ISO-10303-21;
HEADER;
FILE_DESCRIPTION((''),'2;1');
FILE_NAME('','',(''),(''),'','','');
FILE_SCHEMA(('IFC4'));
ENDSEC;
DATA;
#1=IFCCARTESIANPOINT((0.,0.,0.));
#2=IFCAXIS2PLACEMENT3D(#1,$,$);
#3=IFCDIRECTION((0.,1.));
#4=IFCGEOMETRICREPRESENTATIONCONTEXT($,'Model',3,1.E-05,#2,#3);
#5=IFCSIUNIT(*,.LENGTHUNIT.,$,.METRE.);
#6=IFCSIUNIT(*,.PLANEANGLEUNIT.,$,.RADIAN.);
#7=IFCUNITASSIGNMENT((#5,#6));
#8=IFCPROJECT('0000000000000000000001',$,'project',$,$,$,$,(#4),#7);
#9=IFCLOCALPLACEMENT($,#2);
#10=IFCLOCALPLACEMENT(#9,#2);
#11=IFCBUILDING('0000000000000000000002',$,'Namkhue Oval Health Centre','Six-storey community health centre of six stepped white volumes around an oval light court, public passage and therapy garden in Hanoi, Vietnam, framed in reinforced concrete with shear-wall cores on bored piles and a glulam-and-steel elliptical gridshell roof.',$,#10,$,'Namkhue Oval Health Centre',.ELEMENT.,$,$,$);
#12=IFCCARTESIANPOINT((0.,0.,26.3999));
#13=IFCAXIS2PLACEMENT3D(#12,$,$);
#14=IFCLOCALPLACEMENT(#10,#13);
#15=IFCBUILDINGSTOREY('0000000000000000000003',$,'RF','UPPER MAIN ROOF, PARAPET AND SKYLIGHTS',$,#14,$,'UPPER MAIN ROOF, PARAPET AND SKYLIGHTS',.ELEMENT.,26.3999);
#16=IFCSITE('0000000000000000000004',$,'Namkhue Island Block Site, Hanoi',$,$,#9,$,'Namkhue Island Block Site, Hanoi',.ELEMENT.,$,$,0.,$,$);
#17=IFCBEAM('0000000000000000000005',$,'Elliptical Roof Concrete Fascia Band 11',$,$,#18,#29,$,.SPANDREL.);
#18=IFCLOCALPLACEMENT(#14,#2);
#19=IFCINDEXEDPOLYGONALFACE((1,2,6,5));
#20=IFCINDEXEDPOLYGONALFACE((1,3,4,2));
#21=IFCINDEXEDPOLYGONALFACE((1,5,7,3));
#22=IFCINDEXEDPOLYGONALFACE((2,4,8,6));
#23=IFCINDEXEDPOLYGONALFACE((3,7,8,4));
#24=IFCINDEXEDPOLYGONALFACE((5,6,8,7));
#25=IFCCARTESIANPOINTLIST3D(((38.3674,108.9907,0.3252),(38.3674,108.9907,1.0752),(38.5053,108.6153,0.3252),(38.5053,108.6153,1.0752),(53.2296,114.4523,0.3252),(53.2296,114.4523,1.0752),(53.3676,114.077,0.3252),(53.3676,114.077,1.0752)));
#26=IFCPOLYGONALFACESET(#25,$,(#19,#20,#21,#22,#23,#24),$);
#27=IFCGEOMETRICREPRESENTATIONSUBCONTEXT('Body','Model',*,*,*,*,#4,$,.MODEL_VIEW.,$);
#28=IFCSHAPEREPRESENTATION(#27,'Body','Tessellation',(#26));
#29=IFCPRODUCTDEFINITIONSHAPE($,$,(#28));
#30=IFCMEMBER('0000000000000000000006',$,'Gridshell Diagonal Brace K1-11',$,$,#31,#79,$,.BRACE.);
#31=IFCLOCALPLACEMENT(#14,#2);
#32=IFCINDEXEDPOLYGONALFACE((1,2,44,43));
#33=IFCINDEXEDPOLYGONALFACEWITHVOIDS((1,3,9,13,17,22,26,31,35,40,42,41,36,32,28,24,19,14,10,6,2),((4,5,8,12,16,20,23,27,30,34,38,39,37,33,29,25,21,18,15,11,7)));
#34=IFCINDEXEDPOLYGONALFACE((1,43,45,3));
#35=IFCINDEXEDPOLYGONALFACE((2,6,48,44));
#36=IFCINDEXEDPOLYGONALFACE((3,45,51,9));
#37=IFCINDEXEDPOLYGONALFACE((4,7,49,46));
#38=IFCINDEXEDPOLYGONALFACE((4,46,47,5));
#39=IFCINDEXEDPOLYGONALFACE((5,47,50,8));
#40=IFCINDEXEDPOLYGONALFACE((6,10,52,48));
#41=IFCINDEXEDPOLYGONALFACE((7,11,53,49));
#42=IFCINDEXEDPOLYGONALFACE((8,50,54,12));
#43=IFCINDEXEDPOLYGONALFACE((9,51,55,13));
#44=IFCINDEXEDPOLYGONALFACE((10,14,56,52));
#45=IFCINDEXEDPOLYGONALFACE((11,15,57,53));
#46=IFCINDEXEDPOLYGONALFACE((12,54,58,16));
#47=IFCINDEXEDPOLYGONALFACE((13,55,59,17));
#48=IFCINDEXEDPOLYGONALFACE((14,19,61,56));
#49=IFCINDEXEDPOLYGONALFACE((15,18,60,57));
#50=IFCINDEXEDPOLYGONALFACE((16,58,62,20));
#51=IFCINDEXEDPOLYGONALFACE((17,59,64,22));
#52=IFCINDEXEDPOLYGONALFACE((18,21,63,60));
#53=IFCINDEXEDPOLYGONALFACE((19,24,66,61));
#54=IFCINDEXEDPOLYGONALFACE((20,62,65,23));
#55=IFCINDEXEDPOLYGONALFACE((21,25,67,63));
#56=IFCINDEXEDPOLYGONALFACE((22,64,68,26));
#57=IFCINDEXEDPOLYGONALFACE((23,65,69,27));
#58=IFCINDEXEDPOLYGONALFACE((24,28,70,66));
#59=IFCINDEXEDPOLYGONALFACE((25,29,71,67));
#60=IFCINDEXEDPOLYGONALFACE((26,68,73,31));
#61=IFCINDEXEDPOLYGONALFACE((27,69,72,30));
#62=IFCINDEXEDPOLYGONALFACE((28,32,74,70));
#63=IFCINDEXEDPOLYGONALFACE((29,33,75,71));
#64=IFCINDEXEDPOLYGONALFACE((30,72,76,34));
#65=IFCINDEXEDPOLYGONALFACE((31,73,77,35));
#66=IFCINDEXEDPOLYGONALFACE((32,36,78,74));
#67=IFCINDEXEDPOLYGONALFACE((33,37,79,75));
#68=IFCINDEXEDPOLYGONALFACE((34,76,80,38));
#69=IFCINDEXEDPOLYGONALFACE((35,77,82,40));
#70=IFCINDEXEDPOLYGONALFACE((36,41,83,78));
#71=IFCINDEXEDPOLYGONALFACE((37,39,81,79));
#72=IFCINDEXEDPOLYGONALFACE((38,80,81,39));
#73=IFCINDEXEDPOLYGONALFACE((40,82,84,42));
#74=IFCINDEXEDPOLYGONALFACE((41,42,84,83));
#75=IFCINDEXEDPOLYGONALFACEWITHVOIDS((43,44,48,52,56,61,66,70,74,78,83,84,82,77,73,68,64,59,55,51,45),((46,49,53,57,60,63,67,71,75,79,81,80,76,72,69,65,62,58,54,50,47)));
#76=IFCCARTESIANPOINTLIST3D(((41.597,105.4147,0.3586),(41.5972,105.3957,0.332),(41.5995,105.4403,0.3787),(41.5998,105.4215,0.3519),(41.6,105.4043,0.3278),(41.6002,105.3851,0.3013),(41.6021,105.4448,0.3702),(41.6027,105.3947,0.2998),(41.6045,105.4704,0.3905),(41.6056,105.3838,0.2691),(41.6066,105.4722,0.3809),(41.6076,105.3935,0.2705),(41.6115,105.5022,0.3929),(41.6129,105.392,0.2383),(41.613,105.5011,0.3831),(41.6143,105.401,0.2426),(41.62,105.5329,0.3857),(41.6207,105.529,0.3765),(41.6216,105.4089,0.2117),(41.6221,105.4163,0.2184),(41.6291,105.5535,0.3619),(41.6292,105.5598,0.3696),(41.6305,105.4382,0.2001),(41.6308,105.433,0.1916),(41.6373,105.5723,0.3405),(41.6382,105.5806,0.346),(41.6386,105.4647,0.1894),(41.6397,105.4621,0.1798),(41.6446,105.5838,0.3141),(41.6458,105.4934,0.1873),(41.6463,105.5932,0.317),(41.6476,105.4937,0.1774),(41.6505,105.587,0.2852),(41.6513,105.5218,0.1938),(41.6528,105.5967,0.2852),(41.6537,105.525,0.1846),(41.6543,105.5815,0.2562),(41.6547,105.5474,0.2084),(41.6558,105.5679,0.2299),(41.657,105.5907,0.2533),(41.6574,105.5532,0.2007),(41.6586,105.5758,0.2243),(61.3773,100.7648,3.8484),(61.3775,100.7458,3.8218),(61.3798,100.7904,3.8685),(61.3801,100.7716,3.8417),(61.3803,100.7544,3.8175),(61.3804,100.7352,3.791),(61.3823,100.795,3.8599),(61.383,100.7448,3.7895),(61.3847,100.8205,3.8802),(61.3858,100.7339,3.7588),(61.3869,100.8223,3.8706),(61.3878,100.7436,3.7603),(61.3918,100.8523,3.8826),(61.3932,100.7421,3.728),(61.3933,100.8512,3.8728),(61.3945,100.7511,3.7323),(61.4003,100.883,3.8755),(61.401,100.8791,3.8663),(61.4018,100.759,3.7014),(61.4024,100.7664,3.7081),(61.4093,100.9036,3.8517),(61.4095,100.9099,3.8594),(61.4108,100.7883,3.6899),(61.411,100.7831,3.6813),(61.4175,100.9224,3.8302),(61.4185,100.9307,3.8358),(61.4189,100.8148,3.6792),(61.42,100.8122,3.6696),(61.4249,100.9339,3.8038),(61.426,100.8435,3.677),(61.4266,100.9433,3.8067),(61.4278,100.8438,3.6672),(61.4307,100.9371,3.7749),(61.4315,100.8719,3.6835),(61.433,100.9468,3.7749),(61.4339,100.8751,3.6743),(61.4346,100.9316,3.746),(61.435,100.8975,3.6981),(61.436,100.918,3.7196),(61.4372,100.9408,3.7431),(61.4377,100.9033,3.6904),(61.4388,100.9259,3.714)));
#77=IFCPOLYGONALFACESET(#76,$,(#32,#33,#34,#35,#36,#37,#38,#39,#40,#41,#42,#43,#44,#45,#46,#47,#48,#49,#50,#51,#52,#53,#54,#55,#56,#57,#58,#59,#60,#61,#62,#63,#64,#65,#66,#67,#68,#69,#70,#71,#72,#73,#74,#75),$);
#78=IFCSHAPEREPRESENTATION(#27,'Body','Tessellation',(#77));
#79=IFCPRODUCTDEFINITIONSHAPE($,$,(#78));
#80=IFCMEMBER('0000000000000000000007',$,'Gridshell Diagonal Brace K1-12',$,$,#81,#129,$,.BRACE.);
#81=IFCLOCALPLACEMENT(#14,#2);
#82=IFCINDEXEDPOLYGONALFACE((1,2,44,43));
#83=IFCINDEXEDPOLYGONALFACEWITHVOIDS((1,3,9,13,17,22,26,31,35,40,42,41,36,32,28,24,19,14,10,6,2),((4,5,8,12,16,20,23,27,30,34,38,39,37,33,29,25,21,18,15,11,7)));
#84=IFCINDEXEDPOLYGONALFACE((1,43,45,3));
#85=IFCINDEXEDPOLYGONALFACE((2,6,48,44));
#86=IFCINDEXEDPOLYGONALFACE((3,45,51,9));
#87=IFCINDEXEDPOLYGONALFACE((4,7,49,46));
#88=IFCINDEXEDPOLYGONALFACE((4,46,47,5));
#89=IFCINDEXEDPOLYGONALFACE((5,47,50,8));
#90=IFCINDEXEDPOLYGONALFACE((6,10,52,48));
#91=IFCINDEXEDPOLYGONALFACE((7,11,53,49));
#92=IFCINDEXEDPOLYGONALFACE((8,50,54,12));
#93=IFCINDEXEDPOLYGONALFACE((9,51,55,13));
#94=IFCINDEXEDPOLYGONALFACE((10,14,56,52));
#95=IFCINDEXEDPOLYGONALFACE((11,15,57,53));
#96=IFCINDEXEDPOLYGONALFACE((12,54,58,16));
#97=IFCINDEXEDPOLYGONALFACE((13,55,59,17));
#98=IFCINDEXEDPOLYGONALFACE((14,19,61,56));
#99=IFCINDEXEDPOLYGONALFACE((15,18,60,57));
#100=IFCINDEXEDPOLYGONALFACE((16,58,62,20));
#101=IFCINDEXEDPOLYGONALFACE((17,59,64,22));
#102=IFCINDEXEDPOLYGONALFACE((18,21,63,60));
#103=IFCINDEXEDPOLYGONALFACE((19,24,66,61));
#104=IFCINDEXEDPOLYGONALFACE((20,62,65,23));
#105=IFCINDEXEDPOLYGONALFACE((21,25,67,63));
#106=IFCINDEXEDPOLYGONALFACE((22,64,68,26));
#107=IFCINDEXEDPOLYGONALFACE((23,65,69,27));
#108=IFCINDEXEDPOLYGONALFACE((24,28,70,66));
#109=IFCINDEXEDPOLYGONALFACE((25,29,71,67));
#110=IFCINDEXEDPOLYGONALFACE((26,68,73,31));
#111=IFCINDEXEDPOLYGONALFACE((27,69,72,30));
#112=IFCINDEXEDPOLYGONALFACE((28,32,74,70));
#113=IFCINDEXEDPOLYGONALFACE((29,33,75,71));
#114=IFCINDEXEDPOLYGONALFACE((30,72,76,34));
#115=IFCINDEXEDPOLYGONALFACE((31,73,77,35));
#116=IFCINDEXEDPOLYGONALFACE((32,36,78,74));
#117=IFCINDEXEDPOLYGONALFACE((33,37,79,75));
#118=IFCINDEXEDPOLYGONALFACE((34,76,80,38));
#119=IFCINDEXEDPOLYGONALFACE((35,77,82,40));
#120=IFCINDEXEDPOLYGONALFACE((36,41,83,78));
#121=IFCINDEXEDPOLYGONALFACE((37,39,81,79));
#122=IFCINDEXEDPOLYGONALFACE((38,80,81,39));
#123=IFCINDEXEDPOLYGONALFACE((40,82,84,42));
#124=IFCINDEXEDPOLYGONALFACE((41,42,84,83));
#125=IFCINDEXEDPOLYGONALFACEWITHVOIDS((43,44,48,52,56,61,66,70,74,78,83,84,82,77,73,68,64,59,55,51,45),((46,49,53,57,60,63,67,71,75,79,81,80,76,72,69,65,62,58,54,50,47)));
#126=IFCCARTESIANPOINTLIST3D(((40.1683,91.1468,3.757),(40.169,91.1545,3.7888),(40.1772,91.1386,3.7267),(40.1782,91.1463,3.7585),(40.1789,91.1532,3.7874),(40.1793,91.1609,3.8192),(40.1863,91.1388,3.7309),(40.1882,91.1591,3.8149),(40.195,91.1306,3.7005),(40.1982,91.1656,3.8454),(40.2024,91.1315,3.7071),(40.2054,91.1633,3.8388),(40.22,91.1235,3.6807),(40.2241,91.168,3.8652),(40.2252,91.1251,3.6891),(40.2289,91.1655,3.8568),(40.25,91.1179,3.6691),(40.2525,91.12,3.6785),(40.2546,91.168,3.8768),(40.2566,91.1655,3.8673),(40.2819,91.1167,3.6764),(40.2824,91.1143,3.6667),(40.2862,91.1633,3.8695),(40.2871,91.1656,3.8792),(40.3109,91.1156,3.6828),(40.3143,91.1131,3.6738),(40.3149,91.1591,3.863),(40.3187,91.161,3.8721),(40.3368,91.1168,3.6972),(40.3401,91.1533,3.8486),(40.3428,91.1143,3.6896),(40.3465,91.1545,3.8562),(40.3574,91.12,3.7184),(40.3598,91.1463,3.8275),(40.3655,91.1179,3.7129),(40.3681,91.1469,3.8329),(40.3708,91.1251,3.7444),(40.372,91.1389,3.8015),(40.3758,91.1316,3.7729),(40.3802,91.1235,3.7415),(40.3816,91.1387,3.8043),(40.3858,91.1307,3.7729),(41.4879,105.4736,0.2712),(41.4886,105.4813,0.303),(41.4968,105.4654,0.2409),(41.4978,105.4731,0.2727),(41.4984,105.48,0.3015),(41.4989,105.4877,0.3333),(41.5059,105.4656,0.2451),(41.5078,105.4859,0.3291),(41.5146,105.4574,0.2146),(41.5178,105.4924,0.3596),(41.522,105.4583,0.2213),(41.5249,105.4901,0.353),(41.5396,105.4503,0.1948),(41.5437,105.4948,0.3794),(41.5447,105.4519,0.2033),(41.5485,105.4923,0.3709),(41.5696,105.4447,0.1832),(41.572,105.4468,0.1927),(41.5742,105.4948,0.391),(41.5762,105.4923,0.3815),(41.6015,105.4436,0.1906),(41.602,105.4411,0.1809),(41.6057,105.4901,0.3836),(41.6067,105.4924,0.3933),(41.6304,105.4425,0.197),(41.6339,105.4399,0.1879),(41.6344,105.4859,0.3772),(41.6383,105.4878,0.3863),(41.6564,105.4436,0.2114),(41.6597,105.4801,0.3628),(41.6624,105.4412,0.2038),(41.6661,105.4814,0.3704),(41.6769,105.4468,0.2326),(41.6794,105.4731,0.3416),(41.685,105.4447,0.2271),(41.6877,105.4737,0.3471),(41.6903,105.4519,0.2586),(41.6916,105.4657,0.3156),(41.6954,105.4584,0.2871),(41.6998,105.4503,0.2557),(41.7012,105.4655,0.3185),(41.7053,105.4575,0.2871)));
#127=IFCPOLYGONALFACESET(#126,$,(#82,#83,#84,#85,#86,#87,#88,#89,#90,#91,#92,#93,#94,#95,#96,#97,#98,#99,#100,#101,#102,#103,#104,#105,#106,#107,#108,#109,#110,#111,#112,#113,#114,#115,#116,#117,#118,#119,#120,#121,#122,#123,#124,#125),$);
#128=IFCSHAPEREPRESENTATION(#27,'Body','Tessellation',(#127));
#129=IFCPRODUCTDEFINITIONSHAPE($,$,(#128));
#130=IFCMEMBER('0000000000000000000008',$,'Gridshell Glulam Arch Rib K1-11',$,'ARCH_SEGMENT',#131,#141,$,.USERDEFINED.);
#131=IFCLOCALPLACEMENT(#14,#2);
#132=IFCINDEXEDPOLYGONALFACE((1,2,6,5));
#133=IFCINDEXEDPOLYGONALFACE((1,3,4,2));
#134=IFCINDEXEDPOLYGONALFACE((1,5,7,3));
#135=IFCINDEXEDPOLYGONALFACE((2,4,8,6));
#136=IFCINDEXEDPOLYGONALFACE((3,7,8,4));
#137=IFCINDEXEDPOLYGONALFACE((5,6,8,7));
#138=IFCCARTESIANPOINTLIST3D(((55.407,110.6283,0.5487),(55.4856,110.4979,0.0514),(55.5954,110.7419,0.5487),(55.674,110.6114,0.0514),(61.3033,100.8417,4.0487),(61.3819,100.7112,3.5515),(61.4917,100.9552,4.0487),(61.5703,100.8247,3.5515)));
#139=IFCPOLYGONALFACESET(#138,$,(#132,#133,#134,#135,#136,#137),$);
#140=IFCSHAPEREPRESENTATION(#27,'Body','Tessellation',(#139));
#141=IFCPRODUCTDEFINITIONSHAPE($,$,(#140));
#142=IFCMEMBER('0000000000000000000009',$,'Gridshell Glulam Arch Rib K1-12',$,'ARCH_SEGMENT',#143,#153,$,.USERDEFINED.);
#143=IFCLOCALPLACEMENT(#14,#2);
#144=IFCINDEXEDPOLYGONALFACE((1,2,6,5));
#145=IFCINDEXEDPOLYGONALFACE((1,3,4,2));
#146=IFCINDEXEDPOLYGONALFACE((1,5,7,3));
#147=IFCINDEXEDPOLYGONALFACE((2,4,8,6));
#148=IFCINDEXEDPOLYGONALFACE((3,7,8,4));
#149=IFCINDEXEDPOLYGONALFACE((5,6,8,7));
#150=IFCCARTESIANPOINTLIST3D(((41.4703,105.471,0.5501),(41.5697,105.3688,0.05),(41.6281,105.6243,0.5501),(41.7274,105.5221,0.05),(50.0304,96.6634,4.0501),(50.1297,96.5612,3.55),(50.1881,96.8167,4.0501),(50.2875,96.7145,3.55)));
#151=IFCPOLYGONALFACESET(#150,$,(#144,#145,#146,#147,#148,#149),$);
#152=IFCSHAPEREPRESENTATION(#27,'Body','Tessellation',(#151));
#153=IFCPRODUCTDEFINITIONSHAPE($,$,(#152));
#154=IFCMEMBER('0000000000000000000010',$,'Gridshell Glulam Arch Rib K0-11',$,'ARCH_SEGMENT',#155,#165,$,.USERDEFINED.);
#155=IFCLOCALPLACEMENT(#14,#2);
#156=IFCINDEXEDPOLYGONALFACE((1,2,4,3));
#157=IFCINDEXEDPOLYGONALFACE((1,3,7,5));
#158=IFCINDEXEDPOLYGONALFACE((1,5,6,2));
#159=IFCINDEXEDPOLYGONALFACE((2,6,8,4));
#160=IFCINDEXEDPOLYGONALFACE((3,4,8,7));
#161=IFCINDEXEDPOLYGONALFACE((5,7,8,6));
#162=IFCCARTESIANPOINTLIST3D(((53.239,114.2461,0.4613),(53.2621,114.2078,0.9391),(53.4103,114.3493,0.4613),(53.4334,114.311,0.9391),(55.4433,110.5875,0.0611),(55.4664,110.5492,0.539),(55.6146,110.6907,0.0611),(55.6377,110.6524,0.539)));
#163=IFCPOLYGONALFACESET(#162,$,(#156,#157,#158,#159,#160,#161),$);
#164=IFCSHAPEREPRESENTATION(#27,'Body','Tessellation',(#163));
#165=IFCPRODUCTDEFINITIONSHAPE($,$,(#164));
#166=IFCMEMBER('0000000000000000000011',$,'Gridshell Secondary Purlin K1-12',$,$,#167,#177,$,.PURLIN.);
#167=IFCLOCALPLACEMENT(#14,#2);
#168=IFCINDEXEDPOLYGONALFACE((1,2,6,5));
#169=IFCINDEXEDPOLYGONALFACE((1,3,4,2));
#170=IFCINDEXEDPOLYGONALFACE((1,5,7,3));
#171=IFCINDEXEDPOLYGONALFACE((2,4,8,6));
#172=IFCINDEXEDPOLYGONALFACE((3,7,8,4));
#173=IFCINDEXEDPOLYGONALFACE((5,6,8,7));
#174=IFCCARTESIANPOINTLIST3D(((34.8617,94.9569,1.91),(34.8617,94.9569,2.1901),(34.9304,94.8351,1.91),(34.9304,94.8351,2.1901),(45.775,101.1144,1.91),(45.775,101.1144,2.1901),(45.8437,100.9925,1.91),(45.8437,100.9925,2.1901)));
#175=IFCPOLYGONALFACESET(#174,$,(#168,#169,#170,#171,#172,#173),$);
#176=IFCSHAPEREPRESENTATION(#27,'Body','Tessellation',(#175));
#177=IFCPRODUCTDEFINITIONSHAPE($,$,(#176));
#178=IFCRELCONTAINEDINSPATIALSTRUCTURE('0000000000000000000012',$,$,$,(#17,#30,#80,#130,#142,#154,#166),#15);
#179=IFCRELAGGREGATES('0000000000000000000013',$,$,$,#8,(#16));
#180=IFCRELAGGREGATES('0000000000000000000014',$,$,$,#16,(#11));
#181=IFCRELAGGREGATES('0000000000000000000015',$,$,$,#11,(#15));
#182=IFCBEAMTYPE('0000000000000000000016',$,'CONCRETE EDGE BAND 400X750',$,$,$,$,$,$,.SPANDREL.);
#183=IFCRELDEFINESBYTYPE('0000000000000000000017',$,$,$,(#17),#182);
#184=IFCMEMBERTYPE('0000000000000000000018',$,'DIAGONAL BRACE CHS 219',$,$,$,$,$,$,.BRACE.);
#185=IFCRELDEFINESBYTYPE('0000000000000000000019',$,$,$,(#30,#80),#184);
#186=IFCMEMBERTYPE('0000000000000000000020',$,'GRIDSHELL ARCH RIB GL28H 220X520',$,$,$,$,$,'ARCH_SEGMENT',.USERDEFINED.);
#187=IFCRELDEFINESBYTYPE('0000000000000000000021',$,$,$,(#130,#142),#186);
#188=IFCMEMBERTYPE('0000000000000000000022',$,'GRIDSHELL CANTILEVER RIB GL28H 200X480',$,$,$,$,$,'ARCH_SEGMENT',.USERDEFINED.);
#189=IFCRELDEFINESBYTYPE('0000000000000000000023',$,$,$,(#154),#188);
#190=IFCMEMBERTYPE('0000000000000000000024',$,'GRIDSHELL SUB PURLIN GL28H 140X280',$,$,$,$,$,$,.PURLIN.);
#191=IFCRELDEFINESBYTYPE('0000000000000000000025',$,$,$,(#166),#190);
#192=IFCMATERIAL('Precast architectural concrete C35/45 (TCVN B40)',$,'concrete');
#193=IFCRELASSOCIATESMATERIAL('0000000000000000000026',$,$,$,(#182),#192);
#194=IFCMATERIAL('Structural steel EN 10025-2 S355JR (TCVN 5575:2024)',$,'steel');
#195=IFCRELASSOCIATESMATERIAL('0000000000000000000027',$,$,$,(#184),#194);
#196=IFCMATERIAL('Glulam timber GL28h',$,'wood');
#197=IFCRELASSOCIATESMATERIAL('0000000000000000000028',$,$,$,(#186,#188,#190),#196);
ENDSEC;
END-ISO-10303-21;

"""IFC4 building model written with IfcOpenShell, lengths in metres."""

from ifc_helpers import new_model, si_unit, direction, frame, origin, origin_2d, place, context, subcontext, project, spatial, rectangle, hollow_circle, extrude, material, material_profile, profile_set, type_object, element, save


model = new_model("IFC4")

# Units and contexts
model_context = context("Model", 3, precision=1e-05, world=origin(), true_north=direction((0.0, 1.0)))
body_context = subcontext(model_context, "Body", "Model", "MODEL_VIEW")
ifc_project = project(units=[si_unit("LENGTHUNIT", "METRE"), si_unit("PLANEANGLEUNIT", "RADIAN")], contexts=[model_context])

# Site, building, storey
site_placement = place(None, origin())
site = spatial("IfcSite", under=ifc_project, at=site_placement, Name="Namkhue Island Block Site, Hanoi", LongName="Namkhue Island Block Site, Hanoi", CompositionType="ELEMENT", RefElevation=0.0)
building_placement = place(site_placement, origin())
building = spatial("IfcBuilding", under=site, at=building_placement, Name="Namkhue Oval Health Centre", Description="Six-storey community health centre of six stepped white volumes around an oval light court, public passage and therapy garden in Hanoi, Vietnam, framed in reinforced concrete with shear-wall cores on bored piles and a glulam-and-steel elliptical gridshell roof.", LongName="Namkhue Oval Health Centre", CompositionType="ELEMENT")
storey_placement = place(building_placement, frame((0.0, 0.0, 26.3999)))
storey = spatial("IfcBuildingStorey", under=building, at=storey_placement, Name="RF", Description="UPPER MAIN ROOF, PARAPET AND SKYLIGHTS", LongName="UPPER MAIN ROOF, PARAPET AND SKYLIGHTS", CompositionType="ELEMENT", Elevation=26.3999)

# Beam
ifc_material_1 = material(Name="Precast architectural concrete C35/45 (TCVN B40)", Category="concrete")
ifc_material_profile_1 = material_profile(ifc_material_1, rectangle(XDim=0.3999, YDim=0.75, at=origin_2d()), Name="RC 400x750")
ifc_profile_set_1 = profile_set([ifc_material_profile_1], Name="Precast architectural concrete C35/45 (TCVN B40)")
beam_type = type_object("IfcBeamType", Name="CONCRETE EDGE BAND 400X750", PredefinedType="SPANDREL", material=ifc_profile_set_1)
beam_placement = place(storey_placement, frame((53.2986, 114.2646, 0.7002), z_axis=(-0.938628, -0.344931, 0.0), x_axis=(0.344931, -0.938628, 0.0)))
element("IfcBeam", 1, at=beam_placement, inside=storey, type_object=beam_type, Name="Elliptical Roof Concrete Fascia Band 11", PredefinedType="SPANDREL", context=body_context, shape_type="SweptSolid", body=[
    extrude(rectangle(XDim=0.3999, YDim=0.75, at=origin_2d()), origin(), (0.0, 0.0, 1.0), 15.834),
])

# Members
ifc_material_2 = material(Name="Structural steel EN 10025-2 S355JR (TCVN 5575:2024)", Category="steel")
ifc_material_profile_2 = material_profile(ifc_material_2, hollow_circle(Radius=0.1096, WallThickness=0.01, at=origin_2d()), Name="CHS 219.1x10")
ifc_profile_set_2 = profile_set([ifc_material_profile_2], Name="Structural steel EN 10025-2 S355JR (TCVN 5575:2024)")
member_type_1 = type_object("IfcMemberType", Name="DIAGONAL BRACE CHS 219", PredefinedType="BRACE", material=ifc_profile_set_2)
member_1_placement = place(storey_placement, frame((41.6277, 105.49, 0.2852), z_axis=(0.959417, -0.225538, 0.169266), x_axis=(0.22884, 0.973464, 0.0)))
element("IfcMember", 2, at=member_1_placement, inside=storey, type_object=member_type_1, Name="Gridshell Diagonal Brace K1-11", PredefinedType="BRACE", context=body_context, shape_type="SweptSolid", body=[
    extrude(hollow_circle(Radius=0.1096, WallThickness=0.01, at=origin_2d()), origin(), (0.0, 0.0, 1.0), 20.6169),
])
member_2_placement = place(storey_placement, frame((41.5962, 105.4675, 0.2871), z_axis=(-0.089138, -0.967785, 0.235469), x_axis=(0.995785, -0.091717, 0.0)))
element("IfcMember", 3, at=member_2_placement, inside=storey, type_object=member_type_1, Name="Gridshell Diagonal Brace K1-12", PredefinedType="BRACE", context=body_context, shape_type="SweptSolid", body=[
    extrude(hollow_circle(Radius=0.1096, WallThickness=0.01, at=origin_2d()), origin(), (0.0, 0.0, 1.0), 14.8037),
])
ifc_material_3 = material(Name="Glulam timber GL28h", Category="wood")
ifc_material_profile_3 = material_profile(ifc_material_3, rectangle(XDim=0.22, YDim=0.52, at=origin_2d()), Name="GL28h 220x520")
ifc_profile_set_3 = profile_set([ifc_material_profile_3], Name="Glulam timber GL28h")
member_type_2 = type_object("IfcMemberType", Name="GRIDSHELL ARCH RIB GL28H 220X520", ElementType="ARCH_SEGMENT", PredefinedType="USERDEFINED", material=ifc_profile_set_3)
member_3_placement = place(storey_placement, frame((55.5405, 110.6199, 0.3), z_axis=(0.493425, -0.81899, 0.292896), x_axis=(0.856554, 0.516057, 0.0)))
element("IfcMember", 4, at=member_3_placement, inside=storey, type_object=member_type_2, Name="Gridshell Glulam Arch Rib K1-11", ObjectType="ARCH_SEGMENT", PredefinedType="USERDEFINED", context=body_context, shape_type="SweptSolid", body=[
    extrude(rectangle(XDim=0.22, YDim=0.52, at=origin_2d()), origin(), (0.0, 0.0, 1.0), 11.9497),
])
member_4_placement = place(storey_placement, frame((41.5989, 105.4966, 0.3), z_axis=(0.670273, -0.689657, 0.274058), x_axis=(0.717113, 0.696957, 0.0)))
element("IfcMember", 5, at=member_4_placement, inside=storey, type_object=member_type_2, Name="Gridshell Glulam Arch Rib K1-12", ObjectType="ARCH_SEGMENT", PredefinedType="USERDEFINED", context=body_context, shape_type="SweptSolid", body=[
    extrude(rectangle(XDim=0.22, YDim=0.52, at=origin_2d()), origin(), (0.0, 0.0, 1.0), 12.771),
])
ifc_material_profile_4 = material_profile(ifc_material_3, rectangle(XDim=0.2, YDim=0.48, at=origin_2d()), Name="GL28h 200x480")
ifc_profile_set_4 = profile_set([ifc_material_profile_4], Name="Glulam timber GL28h")
member_type_3 = type_object("IfcMemberType", Name="GRIDSHELL CANTILEVER RIB GL28H 200X480", ElementType="ARCH_SEGMENT", PredefinedType="USERDEFINED", material=ifc_profile_set_4)
member_5_placement = place(storey_placement, frame((53.3362, 114.2786, 0.7002), z_axis=(0.513817, -0.852814, -0.093271), x_axis=(0.856548, 0.516067, 0.0)))
element("IfcMember", 6, at=member_5_placement, inside=storey, type_object=member_type_3, Name="Gridshell Glulam Arch Rib K0-11", ObjectType="ARCH_SEGMENT", PredefinedType="USERDEFINED", context=body_context, shape_type="SweptSolid", body=[
    extrude(rectangle(XDim=0.2, YDim=0.48, at=origin_2d()), origin(), (0.0, 0.0, 1.0), 4.29),
])
ifc_material_profile_5 = material_profile(ifc_material_3, rectangle(XDim=0.1399, YDim=0.28, at=origin_2d()), Name="GL28h 140x280")
ifc_profile_set_5 = profile_set([ifc_material_profile_5], Name="Glulam timber GL28h")
member_type_4 = type_object("IfcMemberType", Name="GRIDSHELL SUB PURLIN GL28H 140X280", PredefinedType="PURLIN", material=ifc_profile_set_5)
member_6_placement = place(storey_placement, frame((45.8093, 101.0535, 2.05), z_axis=(-0.870936, -0.491396, 0.0), x_axis=(0.491396, -0.870936, 0.0)))
element("IfcMember", 7, at=member_6_placement, inside=storey, type_object=member_type_4, Name="Gridshell Secondary Purlin K1-12", PredefinedType="PURLIN", context=body_context, shape_type="SweptSolid", body=[
    extrude(rectangle(XDim=0.1399, YDim=0.28, at=origin_2d()), origin(), (0.0, 0.0, 1.0), 12.5305),
])

save(model, "model.ifc")
